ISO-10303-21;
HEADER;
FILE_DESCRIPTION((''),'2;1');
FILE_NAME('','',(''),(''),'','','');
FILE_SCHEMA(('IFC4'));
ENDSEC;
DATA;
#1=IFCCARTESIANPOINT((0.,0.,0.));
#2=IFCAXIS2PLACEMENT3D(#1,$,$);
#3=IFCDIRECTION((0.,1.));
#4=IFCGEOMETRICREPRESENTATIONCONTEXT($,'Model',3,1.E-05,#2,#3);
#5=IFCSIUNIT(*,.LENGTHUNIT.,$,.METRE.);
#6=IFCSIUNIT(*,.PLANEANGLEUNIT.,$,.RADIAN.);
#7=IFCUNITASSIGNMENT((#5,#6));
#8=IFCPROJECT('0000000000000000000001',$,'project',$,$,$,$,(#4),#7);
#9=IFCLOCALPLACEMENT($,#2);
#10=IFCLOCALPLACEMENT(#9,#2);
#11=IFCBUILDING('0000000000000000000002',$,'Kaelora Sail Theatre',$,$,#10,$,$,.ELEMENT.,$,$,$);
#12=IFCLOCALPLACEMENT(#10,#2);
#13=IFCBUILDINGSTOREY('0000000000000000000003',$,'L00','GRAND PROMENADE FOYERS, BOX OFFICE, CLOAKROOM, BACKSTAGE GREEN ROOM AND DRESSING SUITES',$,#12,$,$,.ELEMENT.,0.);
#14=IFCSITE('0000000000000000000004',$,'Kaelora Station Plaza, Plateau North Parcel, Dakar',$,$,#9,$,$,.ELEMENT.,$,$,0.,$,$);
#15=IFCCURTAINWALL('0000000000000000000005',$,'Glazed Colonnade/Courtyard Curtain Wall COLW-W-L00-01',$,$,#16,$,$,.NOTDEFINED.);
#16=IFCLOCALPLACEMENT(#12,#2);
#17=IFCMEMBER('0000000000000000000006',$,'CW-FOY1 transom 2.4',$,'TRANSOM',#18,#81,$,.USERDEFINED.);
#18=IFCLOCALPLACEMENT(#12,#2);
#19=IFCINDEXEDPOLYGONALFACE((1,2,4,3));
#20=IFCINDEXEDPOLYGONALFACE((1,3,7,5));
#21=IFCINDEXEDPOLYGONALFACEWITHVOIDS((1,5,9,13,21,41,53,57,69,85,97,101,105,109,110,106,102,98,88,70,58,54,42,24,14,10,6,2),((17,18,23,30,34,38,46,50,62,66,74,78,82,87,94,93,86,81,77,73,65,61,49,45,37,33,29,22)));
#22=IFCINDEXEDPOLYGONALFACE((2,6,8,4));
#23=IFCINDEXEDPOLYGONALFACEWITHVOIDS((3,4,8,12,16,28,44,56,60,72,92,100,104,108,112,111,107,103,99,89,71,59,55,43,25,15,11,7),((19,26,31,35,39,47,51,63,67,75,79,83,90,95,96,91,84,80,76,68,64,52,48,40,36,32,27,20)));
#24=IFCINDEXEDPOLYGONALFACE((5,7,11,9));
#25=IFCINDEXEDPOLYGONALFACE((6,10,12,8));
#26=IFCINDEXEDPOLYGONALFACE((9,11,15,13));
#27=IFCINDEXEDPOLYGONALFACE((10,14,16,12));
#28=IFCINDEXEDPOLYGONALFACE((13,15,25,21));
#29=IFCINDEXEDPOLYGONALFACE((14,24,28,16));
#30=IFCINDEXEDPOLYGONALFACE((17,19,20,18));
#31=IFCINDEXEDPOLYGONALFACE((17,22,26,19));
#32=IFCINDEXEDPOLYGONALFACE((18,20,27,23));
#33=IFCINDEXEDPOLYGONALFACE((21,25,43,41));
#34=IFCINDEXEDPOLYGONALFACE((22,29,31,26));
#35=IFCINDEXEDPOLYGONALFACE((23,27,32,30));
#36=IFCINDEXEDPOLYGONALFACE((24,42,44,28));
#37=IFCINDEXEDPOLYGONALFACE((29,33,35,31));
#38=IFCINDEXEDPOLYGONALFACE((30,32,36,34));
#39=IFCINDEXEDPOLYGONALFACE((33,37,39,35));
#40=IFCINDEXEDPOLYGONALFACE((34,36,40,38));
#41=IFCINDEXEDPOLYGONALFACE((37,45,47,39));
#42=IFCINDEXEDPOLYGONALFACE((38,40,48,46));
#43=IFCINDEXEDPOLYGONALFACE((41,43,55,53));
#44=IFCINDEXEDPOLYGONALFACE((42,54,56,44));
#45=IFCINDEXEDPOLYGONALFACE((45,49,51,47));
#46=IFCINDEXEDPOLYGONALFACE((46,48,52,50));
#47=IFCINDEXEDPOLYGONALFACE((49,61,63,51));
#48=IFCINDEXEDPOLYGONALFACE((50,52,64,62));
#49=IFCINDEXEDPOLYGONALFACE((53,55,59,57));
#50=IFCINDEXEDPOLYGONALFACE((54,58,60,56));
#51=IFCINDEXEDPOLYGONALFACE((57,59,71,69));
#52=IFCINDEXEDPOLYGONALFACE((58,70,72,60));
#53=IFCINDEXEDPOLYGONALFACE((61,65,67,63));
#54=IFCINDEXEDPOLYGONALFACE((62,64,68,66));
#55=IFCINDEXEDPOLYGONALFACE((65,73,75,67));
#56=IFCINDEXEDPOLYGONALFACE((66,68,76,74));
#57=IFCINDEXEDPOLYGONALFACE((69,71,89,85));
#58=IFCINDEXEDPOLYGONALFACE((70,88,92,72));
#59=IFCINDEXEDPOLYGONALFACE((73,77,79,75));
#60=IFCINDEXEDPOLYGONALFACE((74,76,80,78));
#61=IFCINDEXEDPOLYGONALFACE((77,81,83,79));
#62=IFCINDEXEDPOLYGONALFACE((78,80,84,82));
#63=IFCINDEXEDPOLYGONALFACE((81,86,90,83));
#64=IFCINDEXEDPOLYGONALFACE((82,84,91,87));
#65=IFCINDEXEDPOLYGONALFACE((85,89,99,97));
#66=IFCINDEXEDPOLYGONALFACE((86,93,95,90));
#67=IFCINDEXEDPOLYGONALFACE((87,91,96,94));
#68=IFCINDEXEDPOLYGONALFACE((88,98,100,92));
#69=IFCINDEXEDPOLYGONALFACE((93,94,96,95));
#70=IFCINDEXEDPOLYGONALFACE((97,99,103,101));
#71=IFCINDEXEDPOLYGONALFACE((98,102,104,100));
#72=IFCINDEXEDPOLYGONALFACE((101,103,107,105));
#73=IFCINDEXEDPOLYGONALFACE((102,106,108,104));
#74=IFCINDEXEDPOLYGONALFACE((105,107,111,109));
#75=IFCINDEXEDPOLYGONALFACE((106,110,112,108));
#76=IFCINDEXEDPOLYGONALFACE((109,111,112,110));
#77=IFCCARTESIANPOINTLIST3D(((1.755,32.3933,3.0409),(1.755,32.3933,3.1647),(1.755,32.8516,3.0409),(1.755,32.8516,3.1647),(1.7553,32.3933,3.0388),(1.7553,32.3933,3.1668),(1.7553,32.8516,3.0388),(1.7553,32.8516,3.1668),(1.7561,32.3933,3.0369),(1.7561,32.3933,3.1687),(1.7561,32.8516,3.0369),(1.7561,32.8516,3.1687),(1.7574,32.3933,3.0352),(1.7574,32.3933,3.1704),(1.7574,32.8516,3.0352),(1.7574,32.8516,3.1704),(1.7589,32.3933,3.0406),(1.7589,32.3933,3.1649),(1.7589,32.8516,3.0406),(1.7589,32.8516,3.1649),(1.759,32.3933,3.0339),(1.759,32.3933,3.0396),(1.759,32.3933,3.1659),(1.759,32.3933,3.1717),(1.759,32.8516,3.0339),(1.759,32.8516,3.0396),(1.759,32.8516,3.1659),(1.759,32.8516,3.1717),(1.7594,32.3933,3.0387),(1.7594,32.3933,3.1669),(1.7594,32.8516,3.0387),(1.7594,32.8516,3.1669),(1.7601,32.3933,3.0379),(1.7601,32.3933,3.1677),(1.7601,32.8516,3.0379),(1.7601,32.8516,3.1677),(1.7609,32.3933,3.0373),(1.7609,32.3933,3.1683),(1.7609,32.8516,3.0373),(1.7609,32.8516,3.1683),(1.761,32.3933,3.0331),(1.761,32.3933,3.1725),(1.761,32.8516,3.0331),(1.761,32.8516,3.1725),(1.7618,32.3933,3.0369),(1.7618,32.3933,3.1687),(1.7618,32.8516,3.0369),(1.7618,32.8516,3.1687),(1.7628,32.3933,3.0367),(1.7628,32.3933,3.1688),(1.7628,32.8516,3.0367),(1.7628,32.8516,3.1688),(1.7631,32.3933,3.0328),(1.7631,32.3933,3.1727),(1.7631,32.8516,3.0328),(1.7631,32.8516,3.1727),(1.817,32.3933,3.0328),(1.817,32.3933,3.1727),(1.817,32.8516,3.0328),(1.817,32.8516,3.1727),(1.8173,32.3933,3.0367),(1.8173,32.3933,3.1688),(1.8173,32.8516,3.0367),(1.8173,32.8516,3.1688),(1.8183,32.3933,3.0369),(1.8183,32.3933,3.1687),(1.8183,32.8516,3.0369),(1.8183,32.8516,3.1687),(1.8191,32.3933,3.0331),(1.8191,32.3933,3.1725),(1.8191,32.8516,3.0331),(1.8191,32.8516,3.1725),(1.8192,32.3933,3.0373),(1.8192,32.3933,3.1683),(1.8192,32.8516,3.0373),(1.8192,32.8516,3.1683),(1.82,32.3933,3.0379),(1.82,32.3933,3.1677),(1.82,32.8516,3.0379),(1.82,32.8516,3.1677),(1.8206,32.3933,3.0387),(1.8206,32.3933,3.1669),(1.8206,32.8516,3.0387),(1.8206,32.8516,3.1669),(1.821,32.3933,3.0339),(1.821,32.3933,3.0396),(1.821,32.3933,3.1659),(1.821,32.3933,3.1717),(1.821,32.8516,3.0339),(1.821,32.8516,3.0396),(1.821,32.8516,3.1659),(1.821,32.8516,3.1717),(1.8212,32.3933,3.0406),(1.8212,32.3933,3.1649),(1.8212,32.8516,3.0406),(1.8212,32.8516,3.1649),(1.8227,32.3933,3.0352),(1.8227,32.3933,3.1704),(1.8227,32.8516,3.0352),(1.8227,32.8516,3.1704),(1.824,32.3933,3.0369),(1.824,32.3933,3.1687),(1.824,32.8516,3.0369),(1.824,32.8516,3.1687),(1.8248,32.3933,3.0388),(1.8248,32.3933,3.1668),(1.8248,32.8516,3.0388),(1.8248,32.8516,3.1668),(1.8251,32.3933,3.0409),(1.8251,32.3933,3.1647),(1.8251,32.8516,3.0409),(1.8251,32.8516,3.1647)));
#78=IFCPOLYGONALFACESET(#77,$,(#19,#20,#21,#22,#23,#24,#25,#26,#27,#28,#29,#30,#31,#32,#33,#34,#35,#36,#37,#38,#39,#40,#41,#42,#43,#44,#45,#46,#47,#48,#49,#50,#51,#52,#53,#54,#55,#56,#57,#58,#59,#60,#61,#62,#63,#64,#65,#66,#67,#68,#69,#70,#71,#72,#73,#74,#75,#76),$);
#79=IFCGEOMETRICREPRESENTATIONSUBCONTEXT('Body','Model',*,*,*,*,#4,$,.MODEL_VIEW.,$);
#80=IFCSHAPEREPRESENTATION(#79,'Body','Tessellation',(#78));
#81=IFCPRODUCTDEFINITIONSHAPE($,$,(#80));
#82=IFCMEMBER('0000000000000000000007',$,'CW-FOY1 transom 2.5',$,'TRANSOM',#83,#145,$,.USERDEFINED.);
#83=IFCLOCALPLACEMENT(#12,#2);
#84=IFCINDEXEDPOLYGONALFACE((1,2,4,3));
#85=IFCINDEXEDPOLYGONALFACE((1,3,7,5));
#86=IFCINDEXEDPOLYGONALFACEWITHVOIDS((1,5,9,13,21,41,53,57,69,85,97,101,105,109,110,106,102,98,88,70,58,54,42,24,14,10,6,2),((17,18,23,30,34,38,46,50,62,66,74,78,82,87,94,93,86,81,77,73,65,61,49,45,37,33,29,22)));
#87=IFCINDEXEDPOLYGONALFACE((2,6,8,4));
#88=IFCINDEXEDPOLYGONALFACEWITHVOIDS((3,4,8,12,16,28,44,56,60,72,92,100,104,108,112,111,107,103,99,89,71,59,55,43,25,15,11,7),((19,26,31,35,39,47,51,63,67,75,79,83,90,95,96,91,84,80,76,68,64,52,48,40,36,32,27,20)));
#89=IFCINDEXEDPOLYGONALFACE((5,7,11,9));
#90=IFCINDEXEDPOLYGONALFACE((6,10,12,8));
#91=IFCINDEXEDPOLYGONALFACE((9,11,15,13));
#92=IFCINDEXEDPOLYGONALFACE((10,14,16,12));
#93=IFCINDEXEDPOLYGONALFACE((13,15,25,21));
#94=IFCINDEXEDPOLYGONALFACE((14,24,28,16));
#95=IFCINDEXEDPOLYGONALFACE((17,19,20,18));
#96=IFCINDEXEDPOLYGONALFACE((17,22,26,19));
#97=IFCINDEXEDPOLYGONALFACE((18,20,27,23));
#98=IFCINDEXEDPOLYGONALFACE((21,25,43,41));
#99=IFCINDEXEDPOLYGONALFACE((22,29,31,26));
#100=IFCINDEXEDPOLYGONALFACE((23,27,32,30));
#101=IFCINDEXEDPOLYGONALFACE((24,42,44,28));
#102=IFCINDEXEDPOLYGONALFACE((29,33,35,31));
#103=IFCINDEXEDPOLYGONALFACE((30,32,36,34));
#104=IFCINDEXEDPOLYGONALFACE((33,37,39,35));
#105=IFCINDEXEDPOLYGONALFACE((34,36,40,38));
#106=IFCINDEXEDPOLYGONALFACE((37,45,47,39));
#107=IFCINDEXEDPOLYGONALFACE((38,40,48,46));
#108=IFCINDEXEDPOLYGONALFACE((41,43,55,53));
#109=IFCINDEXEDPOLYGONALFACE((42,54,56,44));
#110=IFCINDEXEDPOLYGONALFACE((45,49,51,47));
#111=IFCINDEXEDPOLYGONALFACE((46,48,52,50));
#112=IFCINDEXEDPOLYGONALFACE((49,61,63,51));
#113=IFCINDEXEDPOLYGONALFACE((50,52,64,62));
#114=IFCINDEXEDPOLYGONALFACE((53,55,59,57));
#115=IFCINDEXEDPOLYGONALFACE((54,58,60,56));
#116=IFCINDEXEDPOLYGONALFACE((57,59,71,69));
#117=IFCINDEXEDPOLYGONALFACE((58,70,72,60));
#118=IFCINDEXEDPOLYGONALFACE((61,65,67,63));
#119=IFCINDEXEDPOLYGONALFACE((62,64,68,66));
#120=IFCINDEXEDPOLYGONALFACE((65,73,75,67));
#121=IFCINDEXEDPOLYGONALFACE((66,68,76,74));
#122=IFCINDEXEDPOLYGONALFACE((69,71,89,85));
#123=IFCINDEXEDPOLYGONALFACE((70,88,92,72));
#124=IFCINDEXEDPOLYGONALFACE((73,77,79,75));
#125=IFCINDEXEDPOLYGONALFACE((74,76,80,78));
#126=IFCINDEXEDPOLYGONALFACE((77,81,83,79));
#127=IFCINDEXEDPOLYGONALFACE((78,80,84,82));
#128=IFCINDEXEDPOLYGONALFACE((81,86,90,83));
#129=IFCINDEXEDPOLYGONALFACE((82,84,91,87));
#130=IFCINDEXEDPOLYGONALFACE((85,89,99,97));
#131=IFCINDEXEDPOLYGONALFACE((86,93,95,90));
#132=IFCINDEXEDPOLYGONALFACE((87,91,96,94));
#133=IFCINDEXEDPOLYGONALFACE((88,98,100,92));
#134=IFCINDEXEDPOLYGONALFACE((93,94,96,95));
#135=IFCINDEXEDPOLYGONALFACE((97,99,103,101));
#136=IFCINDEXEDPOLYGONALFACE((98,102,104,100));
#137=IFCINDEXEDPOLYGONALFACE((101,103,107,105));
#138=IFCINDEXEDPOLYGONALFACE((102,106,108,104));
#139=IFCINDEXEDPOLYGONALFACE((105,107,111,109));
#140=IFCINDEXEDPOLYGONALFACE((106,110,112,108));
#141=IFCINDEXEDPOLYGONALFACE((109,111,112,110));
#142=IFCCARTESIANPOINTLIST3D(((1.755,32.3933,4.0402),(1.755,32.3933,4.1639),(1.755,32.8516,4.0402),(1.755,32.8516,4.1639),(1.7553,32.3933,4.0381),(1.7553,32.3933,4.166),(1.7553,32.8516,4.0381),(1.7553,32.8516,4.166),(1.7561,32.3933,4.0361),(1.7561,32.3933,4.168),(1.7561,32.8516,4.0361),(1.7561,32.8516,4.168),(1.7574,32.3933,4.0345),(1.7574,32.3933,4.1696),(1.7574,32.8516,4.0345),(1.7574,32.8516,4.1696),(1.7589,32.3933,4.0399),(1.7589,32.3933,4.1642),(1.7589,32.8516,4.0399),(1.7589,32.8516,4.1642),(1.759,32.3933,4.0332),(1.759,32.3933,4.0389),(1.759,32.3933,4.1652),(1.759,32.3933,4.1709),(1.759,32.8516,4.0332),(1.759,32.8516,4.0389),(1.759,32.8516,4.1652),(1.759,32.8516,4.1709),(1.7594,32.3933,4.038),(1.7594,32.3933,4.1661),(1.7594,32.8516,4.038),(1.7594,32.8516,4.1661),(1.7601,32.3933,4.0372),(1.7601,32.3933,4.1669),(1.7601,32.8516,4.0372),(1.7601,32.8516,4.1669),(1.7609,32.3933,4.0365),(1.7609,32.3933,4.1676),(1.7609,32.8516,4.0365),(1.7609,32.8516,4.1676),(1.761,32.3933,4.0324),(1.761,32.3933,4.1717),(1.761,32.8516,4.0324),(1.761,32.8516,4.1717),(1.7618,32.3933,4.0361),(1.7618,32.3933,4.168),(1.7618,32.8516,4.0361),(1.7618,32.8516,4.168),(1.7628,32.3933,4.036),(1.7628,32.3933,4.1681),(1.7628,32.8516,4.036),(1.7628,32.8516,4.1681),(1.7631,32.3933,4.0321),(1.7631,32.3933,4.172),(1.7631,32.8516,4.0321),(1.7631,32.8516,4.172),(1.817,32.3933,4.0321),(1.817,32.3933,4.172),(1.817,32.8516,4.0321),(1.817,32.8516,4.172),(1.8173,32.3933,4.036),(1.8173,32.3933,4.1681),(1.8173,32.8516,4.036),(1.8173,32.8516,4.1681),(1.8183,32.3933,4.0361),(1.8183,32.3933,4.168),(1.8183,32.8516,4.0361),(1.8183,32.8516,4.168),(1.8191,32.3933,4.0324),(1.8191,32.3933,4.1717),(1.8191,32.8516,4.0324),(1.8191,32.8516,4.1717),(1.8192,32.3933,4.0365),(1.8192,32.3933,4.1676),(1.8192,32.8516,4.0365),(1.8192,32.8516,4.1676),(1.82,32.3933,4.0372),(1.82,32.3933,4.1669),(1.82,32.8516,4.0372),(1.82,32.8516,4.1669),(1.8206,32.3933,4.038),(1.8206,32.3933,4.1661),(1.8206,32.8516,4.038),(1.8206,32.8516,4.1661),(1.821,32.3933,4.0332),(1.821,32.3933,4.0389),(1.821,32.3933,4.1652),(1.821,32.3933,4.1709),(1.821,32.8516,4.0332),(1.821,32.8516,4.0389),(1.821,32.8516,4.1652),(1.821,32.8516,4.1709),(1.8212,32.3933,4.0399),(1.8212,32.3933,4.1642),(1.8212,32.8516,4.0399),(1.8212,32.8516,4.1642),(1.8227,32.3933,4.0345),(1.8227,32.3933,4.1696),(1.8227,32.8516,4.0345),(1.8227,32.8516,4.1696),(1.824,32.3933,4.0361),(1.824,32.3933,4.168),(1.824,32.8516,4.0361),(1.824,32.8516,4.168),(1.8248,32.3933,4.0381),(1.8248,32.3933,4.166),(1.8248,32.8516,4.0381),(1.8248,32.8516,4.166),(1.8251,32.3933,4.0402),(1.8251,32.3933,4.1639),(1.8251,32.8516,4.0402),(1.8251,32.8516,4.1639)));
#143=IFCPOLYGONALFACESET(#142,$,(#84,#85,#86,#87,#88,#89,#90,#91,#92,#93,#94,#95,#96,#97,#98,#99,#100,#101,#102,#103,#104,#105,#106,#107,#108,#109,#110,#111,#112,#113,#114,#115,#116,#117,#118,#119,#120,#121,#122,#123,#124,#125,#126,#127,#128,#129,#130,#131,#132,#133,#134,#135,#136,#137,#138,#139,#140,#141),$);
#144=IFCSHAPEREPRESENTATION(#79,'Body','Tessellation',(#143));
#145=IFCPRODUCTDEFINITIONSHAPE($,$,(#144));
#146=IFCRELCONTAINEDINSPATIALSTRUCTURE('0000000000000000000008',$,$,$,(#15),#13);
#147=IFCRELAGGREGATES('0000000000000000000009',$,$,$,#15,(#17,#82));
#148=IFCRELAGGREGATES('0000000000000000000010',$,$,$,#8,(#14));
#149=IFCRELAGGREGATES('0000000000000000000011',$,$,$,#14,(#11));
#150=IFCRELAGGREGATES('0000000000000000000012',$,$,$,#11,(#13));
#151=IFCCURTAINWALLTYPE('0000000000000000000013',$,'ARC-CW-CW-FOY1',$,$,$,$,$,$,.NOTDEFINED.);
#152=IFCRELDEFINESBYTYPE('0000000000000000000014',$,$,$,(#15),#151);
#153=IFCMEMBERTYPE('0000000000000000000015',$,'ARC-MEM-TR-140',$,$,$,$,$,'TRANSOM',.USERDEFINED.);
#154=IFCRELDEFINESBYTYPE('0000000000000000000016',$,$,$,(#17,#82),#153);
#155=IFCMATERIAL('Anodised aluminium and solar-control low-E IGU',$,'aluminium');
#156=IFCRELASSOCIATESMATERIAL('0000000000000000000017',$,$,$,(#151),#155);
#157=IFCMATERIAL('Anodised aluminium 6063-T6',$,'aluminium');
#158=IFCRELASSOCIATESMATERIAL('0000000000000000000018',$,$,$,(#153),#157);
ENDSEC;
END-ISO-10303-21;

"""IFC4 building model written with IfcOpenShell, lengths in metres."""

from ifc_helpers import new_model, si_unit, direction, frame, origin, origin_2d, place, context, subcontext, project, spatial, hollow_rectangle, extrude, material, material_profile, profile_set, type_object, element, aggregate, save


model = new_model("IFC4")

# Units and contexts
model_context = context("Model", 3, precision=1e-05, world=origin(), true_north=direction((0.0, 1.0)))
body_context = subcontext(model_context, "Body", "Model", "MODEL_VIEW")
ifc_project = project(units=[si_unit("LENGTHUNIT", "METRE"), si_unit("PLANEANGLEUNIT", "RADIAN")], contexts=[model_context])

# Site, building, storey
site_placement = place(None, origin())
site = spatial("IfcSite", under=ifc_project, at=site_placement, Name="Kaelora Station Plaza, Plateau North Parcel, Dakar", CompositionType="ELEMENT", RefElevation=0.0)
building_placement = place(site_placement, origin())
building = spatial("IfcBuilding", under=site, at=building_placement, Name="Kaelora Sail Theatre", CompositionType="ELEMENT")
storey_placement = place(building_placement, origin())
storey = spatial("IfcBuildingStorey", under=building, at=storey_placement, Name="L00", Description="GRAND PROMENADE FOYERS, BOX OFFICE, CLOAKROOM, BACKSTAGE GREEN ROOM AND DRESSING SUITES", CompositionType="ELEMENT", Elevation=0.0)

# Curtain wall, members
ifc_material_1 = material(Name="Anodised aluminium and solar-control low-E IGU", Category="aluminium")
curtain_wall_type = type_object("IfcCurtainWallType", Name="ARC-CW-CW-FOY1", PredefinedType="NOTDEFINED", material=ifc_material_1)
curtain_wall_1_placement = place(storey_placement, origin())
curtain_wall_1 = element("IfcCurtainWall", 1, at=curtain_wall_1_placement, inside=storey, type_object=curtain_wall_type, Name="Glazed Colonnade/Courtyard Curtain Wall COLW-W-L00-01", PredefinedType="NOTDEFINED")
ifc_material_2 = material(Name="Anodised aluminium 6063-T6", Category="aluminium")
ifc_material_profile = material_profile(ifc_material_2, hollow_rectangle(XDim=0.0701, YDim=0.1399, WallThickness=0.0039, InnerFilletRadius=0.0039, OuterFilletRadius=0.0081, at=origin_2d()), Name="ALU-TRAN 70x140x4")
ifc_profile_set = profile_set([ifc_material_profile], Name="Anodised aluminium 6063-T6")
member_type = type_object("IfcMemberType", Name="ARC-MEM-TR-140", ElementType="TRANSOM", PredefinedType="USERDEFINED", material=ifc_profile_set)
member_1_placement = place(storey_placement, frame((1.79, 32.3933, 3.1028), z_axis=(0.0, 1.0, 0.0), x_axis=(-1.0, 0.0, 0.0)))
member_1 = element("IfcMember", 2, at=member_1_placement, type_object=member_type, Name="CW-FOY1 transom 2.4", ObjectType="TRANSOM", PredefinedType="USERDEFINED", context=body_context, shape_type="SweptSolid", body=[
    extrude(hollow_rectangle(XDim=0.0701, YDim=0.1399, WallThickness=0.0039, InnerFilletRadius=0.0039, OuterFilletRadius=0.0081, at=origin_2d()), origin(), (0.0, 0.0, 1.0), 0.4583),
])
member_2_placement = place(storey_placement, frame((1.79, 32.3933, 4.1021), z_axis=(0.0, 1.0, 0.0), x_axis=(-1.0, 0.0, 0.0)))
member_2 = element("IfcMember", 3, at=member_2_placement, type_object=member_type, Name="CW-FOY1 transom 2.5", ObjectType="TRANSOM", PredefinedType="USERDEFINED", context=body_context, shape_type="SweptSolid", body=[
    extrude(hollow_rectangle(XDim=0.0701, YDim=0.1399, WallThickness=0.0039, InnerFilletRadius=0.0039, OuterFilletRadius=0.0081, at=origin_2d()), origin(), (0.0, 0.0, 1.0), 0.4583),
])

aggregate(curtain_wall_1, [member_1, member_2])

save(model, "model.ifc")
